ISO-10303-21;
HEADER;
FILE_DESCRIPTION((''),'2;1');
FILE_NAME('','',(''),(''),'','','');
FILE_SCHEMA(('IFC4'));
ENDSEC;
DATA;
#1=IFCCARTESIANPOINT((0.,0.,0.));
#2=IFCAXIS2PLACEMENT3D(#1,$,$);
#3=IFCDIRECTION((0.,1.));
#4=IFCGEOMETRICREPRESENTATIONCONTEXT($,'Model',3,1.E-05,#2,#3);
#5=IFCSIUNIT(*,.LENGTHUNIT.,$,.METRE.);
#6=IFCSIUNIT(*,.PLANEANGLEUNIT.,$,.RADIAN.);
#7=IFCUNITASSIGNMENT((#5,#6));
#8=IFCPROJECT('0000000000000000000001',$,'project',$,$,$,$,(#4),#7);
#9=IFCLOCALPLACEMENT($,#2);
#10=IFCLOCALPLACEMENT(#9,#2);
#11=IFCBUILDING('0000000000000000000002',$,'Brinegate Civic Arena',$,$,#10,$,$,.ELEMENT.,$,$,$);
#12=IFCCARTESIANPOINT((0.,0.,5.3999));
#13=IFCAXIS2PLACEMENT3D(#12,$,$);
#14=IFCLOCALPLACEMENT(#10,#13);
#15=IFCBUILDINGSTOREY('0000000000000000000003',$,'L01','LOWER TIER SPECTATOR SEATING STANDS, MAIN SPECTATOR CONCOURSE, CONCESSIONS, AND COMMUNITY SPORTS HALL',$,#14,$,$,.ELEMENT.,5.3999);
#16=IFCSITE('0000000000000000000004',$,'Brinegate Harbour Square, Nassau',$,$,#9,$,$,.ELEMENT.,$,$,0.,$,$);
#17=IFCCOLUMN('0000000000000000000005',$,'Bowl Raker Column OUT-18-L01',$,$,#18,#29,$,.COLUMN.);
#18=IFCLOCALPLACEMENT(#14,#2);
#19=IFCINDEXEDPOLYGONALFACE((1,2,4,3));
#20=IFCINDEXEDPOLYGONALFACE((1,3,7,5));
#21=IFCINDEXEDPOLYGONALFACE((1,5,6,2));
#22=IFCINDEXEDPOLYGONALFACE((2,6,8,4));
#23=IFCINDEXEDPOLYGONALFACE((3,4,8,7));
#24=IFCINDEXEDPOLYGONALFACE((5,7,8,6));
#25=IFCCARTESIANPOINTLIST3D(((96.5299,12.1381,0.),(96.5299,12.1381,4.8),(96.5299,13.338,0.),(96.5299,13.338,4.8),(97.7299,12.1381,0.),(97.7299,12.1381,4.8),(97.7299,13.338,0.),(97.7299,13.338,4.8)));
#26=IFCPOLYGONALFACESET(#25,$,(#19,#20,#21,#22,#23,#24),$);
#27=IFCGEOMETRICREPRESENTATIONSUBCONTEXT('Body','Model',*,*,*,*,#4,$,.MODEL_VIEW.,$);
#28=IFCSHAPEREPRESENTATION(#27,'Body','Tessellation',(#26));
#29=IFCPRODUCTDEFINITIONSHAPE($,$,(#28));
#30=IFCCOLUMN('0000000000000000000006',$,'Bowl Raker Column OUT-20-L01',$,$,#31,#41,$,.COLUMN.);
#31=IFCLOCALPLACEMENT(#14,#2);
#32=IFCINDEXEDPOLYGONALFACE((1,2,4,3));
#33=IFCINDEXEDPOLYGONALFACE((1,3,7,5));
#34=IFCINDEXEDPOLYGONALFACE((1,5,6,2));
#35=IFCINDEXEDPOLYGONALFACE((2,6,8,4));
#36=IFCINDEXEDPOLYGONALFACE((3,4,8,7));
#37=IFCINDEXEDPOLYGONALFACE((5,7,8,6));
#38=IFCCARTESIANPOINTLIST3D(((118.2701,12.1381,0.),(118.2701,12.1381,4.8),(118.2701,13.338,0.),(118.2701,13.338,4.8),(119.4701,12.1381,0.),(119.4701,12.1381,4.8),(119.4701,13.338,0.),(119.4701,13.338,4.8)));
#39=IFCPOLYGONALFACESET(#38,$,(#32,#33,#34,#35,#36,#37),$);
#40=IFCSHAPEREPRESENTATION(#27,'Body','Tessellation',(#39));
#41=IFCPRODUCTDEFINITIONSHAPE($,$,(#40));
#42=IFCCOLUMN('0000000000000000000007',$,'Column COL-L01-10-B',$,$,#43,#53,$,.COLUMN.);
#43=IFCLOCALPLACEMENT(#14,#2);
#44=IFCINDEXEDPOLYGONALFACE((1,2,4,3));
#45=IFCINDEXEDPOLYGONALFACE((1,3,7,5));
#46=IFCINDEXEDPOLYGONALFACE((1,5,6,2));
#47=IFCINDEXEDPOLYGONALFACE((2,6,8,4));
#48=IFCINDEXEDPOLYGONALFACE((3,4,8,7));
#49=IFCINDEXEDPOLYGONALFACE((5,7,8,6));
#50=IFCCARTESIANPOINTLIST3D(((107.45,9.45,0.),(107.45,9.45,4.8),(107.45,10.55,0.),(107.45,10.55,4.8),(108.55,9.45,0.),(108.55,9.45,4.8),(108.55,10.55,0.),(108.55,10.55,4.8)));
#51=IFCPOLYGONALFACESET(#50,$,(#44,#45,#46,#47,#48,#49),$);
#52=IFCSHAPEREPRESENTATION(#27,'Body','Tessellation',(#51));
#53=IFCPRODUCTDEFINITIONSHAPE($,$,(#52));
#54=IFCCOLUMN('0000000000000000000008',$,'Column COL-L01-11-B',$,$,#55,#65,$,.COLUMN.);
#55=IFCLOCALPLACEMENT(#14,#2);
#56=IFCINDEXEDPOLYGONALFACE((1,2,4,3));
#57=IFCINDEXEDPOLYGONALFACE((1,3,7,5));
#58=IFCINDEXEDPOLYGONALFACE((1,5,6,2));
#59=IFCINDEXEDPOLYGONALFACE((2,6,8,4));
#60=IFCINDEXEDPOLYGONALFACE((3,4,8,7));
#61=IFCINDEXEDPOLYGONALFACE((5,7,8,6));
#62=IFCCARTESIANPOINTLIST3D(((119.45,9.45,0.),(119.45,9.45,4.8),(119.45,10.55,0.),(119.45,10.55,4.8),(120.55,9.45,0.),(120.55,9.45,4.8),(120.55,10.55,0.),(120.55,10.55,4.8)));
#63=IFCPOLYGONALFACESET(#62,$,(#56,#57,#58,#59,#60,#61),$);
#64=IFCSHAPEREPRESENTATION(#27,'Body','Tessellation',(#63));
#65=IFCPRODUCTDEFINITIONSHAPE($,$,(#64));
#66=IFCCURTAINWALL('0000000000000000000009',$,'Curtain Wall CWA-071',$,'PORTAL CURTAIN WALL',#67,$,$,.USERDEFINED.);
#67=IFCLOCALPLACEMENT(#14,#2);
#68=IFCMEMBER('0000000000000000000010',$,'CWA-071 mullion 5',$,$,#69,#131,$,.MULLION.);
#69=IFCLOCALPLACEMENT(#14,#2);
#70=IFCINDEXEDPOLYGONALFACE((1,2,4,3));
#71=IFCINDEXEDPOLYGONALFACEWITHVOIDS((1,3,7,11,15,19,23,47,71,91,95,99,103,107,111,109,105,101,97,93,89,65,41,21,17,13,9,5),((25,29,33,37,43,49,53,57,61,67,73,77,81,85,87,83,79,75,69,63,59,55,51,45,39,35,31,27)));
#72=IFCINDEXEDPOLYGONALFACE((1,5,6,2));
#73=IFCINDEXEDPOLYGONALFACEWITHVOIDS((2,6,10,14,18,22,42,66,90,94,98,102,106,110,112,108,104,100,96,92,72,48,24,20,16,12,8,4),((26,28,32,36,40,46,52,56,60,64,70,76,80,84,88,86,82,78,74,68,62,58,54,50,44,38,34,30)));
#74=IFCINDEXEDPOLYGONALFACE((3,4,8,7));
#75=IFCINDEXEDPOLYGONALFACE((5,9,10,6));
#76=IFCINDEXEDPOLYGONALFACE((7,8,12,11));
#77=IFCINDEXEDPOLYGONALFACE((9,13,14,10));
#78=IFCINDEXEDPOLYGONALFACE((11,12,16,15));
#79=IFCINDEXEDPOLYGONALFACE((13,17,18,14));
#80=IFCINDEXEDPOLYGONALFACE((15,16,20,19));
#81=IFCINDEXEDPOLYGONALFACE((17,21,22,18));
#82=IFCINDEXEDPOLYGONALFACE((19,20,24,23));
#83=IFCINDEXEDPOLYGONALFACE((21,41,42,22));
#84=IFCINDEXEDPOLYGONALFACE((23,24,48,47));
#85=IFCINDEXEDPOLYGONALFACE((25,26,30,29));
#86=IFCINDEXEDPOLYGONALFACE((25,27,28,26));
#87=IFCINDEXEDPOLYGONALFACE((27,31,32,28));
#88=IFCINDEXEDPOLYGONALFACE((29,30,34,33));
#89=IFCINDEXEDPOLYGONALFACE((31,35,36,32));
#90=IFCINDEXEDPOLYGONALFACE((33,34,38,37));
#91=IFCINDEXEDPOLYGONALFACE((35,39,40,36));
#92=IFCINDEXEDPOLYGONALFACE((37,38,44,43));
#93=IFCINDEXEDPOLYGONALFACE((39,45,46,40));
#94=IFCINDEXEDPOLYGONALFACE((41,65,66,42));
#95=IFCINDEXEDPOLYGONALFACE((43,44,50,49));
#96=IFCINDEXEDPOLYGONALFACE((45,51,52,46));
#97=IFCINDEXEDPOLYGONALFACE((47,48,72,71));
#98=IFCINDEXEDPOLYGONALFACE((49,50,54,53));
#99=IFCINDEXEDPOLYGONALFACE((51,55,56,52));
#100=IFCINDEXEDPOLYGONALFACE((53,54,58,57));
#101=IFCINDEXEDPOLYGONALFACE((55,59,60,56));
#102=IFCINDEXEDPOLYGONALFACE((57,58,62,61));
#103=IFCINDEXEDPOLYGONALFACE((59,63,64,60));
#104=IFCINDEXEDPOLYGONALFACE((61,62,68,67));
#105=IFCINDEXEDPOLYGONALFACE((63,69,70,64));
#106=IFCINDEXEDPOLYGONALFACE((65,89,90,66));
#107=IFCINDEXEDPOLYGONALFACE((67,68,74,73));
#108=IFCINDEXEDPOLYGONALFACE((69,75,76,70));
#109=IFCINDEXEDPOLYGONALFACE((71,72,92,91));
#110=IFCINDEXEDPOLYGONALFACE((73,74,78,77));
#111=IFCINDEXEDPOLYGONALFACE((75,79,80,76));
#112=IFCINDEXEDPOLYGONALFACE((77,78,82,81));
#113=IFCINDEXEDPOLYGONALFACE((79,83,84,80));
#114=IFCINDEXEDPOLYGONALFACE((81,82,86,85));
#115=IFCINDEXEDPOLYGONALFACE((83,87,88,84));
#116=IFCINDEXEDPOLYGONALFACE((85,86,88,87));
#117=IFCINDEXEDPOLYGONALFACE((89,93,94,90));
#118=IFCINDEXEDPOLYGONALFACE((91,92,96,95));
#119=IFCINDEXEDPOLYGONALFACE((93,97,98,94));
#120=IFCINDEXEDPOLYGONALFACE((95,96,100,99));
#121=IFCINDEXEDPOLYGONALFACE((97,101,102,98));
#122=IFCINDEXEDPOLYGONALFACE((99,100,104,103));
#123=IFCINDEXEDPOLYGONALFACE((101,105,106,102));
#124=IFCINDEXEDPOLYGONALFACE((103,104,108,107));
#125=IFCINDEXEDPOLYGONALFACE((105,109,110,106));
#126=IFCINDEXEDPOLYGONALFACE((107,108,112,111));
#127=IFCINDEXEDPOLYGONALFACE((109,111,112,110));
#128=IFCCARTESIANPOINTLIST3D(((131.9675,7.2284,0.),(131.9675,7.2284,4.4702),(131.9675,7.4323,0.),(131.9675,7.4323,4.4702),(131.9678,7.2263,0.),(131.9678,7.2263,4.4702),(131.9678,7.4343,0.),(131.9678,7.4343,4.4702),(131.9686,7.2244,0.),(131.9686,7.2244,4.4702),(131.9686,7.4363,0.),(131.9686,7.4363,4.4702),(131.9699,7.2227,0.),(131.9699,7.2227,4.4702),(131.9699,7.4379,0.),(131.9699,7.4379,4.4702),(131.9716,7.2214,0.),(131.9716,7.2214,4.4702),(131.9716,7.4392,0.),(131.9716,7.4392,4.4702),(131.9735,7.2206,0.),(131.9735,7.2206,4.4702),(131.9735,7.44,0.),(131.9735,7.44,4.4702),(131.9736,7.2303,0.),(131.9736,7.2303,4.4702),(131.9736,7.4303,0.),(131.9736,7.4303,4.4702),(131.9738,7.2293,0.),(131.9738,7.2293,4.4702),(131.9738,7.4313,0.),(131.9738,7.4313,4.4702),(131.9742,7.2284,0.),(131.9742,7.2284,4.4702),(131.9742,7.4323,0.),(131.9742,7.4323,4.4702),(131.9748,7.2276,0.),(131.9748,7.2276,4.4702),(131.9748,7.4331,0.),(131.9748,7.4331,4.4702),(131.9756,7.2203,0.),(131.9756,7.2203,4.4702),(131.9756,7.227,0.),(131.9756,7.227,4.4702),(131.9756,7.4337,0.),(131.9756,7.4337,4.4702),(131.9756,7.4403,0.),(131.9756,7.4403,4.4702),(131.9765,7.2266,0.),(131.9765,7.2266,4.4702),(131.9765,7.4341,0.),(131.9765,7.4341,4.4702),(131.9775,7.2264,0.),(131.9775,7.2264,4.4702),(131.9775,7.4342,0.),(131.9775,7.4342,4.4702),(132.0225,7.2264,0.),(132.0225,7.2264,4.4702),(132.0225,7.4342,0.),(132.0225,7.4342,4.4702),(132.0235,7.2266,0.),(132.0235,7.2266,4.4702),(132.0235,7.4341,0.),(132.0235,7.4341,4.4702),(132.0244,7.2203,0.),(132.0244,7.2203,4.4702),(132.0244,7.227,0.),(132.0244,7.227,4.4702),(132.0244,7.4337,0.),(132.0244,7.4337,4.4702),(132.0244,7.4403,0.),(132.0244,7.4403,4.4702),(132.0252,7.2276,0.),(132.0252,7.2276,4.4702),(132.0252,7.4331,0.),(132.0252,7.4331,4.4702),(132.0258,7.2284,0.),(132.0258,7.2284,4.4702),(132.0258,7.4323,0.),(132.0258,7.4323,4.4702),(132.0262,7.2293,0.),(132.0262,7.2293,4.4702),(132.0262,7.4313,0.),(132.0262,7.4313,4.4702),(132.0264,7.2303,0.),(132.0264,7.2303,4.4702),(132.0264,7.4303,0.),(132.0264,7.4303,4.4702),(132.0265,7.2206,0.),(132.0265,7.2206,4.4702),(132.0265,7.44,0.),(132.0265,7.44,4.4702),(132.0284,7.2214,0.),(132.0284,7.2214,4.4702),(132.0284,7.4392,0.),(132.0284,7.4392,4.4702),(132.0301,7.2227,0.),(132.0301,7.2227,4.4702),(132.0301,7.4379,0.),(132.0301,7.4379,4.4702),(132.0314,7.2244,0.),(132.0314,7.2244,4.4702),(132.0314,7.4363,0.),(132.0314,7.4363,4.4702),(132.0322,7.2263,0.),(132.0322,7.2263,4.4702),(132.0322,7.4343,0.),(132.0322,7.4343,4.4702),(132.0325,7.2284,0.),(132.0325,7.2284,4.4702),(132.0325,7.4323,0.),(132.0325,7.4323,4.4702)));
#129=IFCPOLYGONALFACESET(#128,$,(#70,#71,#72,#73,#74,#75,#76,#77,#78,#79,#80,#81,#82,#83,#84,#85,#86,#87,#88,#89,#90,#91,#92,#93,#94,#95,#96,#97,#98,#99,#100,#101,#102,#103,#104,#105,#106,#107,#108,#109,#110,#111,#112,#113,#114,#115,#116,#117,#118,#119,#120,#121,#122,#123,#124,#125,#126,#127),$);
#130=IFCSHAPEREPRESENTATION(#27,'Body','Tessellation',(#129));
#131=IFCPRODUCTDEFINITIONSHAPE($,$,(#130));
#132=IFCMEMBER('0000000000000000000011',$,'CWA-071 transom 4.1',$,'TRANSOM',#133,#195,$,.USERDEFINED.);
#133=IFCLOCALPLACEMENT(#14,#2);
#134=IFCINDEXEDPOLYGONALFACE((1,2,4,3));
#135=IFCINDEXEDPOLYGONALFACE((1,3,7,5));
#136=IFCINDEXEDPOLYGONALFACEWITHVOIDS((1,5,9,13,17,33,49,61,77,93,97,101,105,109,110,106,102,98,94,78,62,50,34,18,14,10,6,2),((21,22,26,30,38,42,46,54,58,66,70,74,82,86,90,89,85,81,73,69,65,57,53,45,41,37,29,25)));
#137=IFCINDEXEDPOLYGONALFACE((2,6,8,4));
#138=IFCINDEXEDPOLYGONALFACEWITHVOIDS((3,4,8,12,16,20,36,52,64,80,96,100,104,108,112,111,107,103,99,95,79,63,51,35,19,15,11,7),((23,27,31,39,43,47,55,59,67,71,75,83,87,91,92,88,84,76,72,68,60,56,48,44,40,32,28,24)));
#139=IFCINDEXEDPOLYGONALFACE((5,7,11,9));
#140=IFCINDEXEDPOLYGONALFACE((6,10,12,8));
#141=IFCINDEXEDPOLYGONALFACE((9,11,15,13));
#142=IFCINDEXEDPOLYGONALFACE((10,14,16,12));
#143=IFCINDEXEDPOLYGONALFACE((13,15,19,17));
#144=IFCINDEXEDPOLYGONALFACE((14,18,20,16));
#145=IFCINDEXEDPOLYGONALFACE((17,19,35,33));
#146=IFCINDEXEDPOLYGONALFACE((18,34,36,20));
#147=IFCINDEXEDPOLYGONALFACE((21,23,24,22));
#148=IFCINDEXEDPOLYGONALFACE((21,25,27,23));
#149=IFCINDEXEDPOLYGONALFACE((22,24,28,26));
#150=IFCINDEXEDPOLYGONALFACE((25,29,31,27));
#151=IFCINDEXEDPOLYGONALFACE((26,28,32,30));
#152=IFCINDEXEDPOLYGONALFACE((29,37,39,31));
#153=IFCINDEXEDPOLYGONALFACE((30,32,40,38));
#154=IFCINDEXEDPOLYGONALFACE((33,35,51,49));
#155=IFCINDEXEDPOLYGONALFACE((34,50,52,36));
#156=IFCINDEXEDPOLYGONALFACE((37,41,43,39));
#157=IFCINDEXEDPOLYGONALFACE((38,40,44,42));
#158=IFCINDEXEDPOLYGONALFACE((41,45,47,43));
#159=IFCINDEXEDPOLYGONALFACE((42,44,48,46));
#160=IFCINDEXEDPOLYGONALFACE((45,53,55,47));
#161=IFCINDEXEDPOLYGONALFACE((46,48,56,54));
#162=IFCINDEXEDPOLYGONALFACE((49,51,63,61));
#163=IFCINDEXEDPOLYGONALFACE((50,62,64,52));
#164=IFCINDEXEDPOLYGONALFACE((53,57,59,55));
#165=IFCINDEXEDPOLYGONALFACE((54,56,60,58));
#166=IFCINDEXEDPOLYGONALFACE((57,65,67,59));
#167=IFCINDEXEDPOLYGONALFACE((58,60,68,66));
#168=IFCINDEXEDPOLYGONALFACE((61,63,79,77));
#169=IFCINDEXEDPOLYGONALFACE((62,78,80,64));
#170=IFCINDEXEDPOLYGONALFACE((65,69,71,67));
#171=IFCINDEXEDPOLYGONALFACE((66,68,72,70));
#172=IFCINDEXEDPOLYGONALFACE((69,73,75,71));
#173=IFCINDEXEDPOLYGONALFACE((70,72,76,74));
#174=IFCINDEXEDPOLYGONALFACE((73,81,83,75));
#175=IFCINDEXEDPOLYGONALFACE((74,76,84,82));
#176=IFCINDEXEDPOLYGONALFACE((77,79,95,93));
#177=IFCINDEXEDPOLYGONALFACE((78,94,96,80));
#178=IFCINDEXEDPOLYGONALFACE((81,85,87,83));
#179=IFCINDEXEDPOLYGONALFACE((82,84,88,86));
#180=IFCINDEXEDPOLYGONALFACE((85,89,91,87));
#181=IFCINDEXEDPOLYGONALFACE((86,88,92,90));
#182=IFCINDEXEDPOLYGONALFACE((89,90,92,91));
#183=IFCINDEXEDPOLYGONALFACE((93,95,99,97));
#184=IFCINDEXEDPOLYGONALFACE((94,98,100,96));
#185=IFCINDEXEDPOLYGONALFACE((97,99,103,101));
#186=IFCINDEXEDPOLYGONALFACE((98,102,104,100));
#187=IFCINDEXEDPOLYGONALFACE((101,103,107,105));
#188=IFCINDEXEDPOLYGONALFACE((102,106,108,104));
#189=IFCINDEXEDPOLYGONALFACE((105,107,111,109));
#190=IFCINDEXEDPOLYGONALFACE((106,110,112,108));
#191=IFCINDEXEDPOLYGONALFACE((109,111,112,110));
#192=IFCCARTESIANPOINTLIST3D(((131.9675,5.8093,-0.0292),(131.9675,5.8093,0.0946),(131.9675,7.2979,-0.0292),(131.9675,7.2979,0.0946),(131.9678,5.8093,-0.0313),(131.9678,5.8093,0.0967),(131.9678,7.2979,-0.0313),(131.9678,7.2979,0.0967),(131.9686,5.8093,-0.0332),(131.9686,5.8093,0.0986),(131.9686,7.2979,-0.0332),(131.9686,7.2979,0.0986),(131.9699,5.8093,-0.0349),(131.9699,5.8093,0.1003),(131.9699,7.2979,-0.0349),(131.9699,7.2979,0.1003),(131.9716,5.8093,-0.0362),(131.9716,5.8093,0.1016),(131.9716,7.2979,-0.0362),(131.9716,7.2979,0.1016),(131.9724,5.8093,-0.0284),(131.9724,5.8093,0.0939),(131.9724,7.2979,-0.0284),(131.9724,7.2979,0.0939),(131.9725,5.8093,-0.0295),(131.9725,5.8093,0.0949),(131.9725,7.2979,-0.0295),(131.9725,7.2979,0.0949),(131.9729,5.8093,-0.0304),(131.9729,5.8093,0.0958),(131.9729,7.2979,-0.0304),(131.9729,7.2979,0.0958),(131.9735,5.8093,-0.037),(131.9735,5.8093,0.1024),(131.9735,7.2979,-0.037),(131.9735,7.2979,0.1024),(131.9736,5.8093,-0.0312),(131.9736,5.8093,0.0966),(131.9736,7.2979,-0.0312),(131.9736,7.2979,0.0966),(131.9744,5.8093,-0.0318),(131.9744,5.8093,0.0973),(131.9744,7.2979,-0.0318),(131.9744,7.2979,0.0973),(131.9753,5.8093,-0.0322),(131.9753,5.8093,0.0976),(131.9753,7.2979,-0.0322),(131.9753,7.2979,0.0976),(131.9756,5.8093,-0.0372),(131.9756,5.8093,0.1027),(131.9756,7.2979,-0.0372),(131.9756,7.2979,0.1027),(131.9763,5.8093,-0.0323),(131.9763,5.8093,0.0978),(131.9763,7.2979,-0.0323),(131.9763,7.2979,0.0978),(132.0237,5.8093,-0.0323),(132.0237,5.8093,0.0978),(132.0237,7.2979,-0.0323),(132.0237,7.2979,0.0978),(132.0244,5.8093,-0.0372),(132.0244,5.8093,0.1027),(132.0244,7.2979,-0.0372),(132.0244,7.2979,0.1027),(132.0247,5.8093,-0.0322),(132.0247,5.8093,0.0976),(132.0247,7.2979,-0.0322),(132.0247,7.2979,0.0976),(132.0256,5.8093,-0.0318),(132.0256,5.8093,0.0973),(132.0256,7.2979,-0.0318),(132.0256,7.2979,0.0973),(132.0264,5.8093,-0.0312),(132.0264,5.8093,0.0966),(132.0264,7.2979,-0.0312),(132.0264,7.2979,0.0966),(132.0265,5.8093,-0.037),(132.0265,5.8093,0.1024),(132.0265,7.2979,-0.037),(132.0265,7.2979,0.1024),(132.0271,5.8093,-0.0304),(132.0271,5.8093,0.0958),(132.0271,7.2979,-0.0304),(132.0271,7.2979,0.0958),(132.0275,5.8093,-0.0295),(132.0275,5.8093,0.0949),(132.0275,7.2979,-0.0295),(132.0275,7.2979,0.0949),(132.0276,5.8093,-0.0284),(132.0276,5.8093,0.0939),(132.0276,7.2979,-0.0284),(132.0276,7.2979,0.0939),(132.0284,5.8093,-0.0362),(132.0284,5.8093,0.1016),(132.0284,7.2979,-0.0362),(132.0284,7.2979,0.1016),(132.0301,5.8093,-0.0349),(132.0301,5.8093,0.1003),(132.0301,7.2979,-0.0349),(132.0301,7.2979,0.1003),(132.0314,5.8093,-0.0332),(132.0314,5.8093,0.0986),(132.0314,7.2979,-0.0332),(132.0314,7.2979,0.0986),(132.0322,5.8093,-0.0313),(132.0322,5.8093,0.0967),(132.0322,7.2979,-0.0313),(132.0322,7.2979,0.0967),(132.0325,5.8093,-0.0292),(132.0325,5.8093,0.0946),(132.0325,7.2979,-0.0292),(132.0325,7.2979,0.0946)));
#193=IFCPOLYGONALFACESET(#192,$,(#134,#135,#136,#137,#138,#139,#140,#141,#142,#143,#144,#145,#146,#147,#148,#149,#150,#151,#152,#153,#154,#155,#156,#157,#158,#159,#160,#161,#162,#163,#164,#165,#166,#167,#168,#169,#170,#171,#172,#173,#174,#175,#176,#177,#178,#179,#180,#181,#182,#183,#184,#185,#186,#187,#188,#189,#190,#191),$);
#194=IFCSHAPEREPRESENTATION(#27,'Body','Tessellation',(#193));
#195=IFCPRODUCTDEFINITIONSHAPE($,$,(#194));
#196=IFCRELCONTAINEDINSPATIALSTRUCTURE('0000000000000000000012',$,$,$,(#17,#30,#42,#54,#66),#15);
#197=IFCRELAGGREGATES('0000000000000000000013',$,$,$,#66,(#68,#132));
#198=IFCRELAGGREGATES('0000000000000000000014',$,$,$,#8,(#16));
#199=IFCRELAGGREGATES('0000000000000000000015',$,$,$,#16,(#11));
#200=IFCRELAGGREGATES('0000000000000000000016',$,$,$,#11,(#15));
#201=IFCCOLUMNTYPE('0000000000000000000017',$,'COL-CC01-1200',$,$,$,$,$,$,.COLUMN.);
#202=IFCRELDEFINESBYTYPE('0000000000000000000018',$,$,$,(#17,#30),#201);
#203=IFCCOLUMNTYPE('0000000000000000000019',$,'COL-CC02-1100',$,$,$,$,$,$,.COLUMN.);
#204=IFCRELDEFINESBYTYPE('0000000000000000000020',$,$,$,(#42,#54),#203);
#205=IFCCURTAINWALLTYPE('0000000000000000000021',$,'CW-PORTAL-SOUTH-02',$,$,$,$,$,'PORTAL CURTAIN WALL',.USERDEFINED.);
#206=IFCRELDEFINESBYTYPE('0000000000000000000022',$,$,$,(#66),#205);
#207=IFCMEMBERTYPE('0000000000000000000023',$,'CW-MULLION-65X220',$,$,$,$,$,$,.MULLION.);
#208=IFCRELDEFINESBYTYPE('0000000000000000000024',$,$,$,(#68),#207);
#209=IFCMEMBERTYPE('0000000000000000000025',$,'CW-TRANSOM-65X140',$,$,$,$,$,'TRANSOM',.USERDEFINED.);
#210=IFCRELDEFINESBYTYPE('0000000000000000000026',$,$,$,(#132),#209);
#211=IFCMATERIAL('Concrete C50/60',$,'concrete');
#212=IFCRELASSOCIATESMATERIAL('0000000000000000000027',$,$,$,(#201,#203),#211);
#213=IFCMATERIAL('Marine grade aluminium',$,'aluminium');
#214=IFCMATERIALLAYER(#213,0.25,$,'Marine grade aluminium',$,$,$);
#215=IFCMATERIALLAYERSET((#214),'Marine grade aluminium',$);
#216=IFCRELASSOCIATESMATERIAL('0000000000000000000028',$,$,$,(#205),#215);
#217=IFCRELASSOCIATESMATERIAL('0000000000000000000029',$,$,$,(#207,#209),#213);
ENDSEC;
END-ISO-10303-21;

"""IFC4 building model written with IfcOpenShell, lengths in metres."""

from ifc_helpers import new_model, si_unit, direction, frame, origin, origin_2d, place, context, subcontext, project, spatial, rectangle, hollow_rectangle, extrude, material, layer, layer_set, material_profile, profile_set, type_object, element, aggregate, save


model = new_model("IFC4")

# Units and contexts
model_context = context("Model", 3, precision=1e-05, world=origin(), true_north=direction((0.0, 1.0)))
body_context = subcontext(model_context, "Body", "Model", "MODEL_VIEW")
ifc_project = project(units=[si_unit("LENGTHUNIT", "METRE"), si_unit("PLANEANGLEUNIT", "RADIAN")], contexts=[model_context])

# Site, building, storey
site_placement = place(None, origin())
site = spatial("IfcSite", under=ifc_project, at=site_placement, Name="Brinegate Harbour Square, Nassau", CompositionType="ELEMENT", RefElevation=0.0)
building_placement = place(site_placement, origin())
building = spatial("IfcBuilding", under=site, at=building_placement, Name="Brinegate Civic Arena", CompositionType="ELEMENT")
storey_placement = place(building_placement, frame((0.0, 0.0, 5.3999)))
storey = spatial("IfcBuildingStorey", under=building, at=storey_placement, Name="L01", Description="LOWER TIER SPECTATOR SEATING STANDS, MAIN SPECTATOR CONCOURSE, CONCESSIONS, AND COMMUNITY SPORTS HALL", CompositionType="ELEMENT", Elevation=5.3999)

# Columns
ifc_material_1 = material(Name="Concrete C50/60", Category="concrete")
ifc_material_profile_1 = material_profile(ifc_material_1, rectangle(XDim=1.2, YDim=1.2, at=origin_2d()), Name="RC1200X1200")
ifc_profile_set_1 = profile_set([ifc_material_profile_1], Name="Concrete C50/60")
column_type_1 = type_object("IfcColumnType", Name="COL-CC01-1200", PredefinedType="COLUMN", material=ifc_profile_set_1)
for number, where, z_axis, x_axis, name in (
    (1, (97.1299, 12.738, 0.0), (0.0, 0.0, 1.0), (1.0, 0.0, 0.0), "Bowl Raker Column OUT-18-L01"),
    (2, (118.8701, 12.738, 0.0), (0.0, 0.0, 1.0), (1.0, 0.0, 0.0), "Bowl Raker Column OUT-20-L01"),
):
    element("IfcColumn", number, at=place(storey_placement, frame(where, z_axis=z_axis, x_axis=x_axis)), inside=storey, type_object=column_type_1, Name=name, PredefinedType="COLUMN", context=body_context, shape_type="SweptSolid", body=[
        extrude(rectangle(XDim=1.2, YDim=1.2, at=origin_2d()), origin(), (0.0, 0.0, 1.0), 4.8),
    ])
ifc_material_profile_2 = material_profile(ifc_material_1, rectangle(XDim=1.1001, YDim=1.1001, at=origin_2d()), Name="RC1100X1100")
ifc_profile_set_2 = profile_set([ifc_material_profile_2], Name="Concrete C50/60")
column_type_2 = type_object("IfcColumnType", Name="COL-CC02-1100", PredefinedType="COLUMN", material=ifc_profile_set_2)
for number, where, z_axis, x_axis, name in (
    (3, (108.0, 10.0, 0.0), (0.0, 0.0, 1.0), (1.0, 0.0, 0.0), "Column COL-L01-10-B"),
    (4, (120.0, 10.0, 0.0), (0.0, 0.0, 1.0), (1.0, 0.0, 0.0), "Column COL-L01-11-B"),
):
    element("IfcColumn", number, at=place(storey_placement, frame(where, z_axis=z_axis, x_axis=x_axis)), inside=storey, type_object=column_type_2, Name=name, PredefinedType="COLUMN", context=body_context, shape_type="SweptSolid", body=[
        extrude(rectangle(XDim=1.1001, YDim=1.1001, at=origin_2d()), origin(), (0.0, 0.0, 1.0), 4.8),
    ])

# Curtain wall, members
ifc_material_2 = material(Name="Marine grade aluminium", Category="aluminium")
ifc_layer_1 = layer(ifc_material_2, 0.25, Name="Marine grade aluminium")
ifc_layer_set_1 = layer_set([ifc_layer_1], Name="Marine grade aluminium")
curtain_wall_type = type_object("IfcCurtainWallType", Name="CW-PORTAL-SOUTH-02", ElementType="PORTAL CURTAIN WALL", PredefinedType="USERDEFINED", material=ifc_layer_set_1)
curtain_wall_placement = place(storey_placement, origin())
curtain_wall = element("IfcCurtainWall", 5, at=curtain_wall_placement, inside=storey, type_object=curtain_wall_type, Name="Curtain Wall CWA-071", ObjectType="PORTAL CURTAIN WALL", PredefinedType="USERDEFINED")
ifc_material_profile_3 = material_profile(ifc_material_2, hollow_rectangle(XDim=0.0649, YDim=0.22, WallThickness=0.0061, InnerFilletRadius=0.0039, OuterFilletRadius=0.0081, at=origin_2d()), Name="MUL65X220")
ifc_profile_set_3 = profile_set([ifc_material_profile_3], Name="Marine grade aluminium")
member_type_1 = type_object("IfcMemberType", Name="CW-MULLION-65X220", PredefinedType="MULLION", material=ifc_profile_set_3)
member_1_placement = place(storey_placement, frame((132.0, 7.3303, 0.0), z_axis=(0.0, 0.0, 1.0), x_axis=(-1.0, 0.0, 0.0)))
member_1 = element("IfcMember", 6, at=member_1_placement, type_object=member_type_1, Name="CWA-071 mullion 5", PredefinedType="MULLION", context=body_context, shape_type="SweptSolid", body=[
    extrude(hollow_rectangle(XDim=0.0649, YDim=0.22, WallThickness=0.0061, InnerFilletRadius=0.0039, OuterFilletRadius=0.0081, at=origin_2d()), origin(), (0.0, 0.0, 1.0), 4.4702),
])
ifc_material_profile_4 = material_profile(ifc_material_2, hollow_rectangle(XDim=0.0649, YDim=0.1399, WallThickness=0.0049, InnerFilletRadius=0.0039, OuterFilletRadius=0.0081, at=origin_2d()), Name="TRN65X140")
ifc_profile_set_4 = profile_set([ifc_material_profile_4], Name="Marine grade aluminium")
member_type_2 = type_object("IfcMemberType", Name="CW-TRANSOM-65X140", ElementType="TRANSOM", PredefinedType="USERDEFINED", material=ifc_profile_set_4)
member_2_placement = place(storey_placement, frame((132.0, 5.8093, 0.0327), z_axis=(0.0, 1.0, 0.0), x_axis=(-1.0, 0.0, 0.0)))
member_2 = element("IfcMember", 7, at=member_2_placement, type_object=member_type_2, Name="CWA-071 transom 4.1", ObjectType="TRANSOM", PredefinedType="USERDEFINED", context=body_context, shape_type="SweptSolid", body=[
    extrude(hollow_rectangle(XDim=0.0649, YDim=0.1399, WallThickness=0.0049, InnerFilletRadius=0.0039, OuterFilletRadius=0.0081, at=origin_2d()), origin(), (0.0, 0.0, 1.0), 1.4885),
])

aggregate(curtain_wall, [member_1, member_2])

save(model, "model.ifc")
